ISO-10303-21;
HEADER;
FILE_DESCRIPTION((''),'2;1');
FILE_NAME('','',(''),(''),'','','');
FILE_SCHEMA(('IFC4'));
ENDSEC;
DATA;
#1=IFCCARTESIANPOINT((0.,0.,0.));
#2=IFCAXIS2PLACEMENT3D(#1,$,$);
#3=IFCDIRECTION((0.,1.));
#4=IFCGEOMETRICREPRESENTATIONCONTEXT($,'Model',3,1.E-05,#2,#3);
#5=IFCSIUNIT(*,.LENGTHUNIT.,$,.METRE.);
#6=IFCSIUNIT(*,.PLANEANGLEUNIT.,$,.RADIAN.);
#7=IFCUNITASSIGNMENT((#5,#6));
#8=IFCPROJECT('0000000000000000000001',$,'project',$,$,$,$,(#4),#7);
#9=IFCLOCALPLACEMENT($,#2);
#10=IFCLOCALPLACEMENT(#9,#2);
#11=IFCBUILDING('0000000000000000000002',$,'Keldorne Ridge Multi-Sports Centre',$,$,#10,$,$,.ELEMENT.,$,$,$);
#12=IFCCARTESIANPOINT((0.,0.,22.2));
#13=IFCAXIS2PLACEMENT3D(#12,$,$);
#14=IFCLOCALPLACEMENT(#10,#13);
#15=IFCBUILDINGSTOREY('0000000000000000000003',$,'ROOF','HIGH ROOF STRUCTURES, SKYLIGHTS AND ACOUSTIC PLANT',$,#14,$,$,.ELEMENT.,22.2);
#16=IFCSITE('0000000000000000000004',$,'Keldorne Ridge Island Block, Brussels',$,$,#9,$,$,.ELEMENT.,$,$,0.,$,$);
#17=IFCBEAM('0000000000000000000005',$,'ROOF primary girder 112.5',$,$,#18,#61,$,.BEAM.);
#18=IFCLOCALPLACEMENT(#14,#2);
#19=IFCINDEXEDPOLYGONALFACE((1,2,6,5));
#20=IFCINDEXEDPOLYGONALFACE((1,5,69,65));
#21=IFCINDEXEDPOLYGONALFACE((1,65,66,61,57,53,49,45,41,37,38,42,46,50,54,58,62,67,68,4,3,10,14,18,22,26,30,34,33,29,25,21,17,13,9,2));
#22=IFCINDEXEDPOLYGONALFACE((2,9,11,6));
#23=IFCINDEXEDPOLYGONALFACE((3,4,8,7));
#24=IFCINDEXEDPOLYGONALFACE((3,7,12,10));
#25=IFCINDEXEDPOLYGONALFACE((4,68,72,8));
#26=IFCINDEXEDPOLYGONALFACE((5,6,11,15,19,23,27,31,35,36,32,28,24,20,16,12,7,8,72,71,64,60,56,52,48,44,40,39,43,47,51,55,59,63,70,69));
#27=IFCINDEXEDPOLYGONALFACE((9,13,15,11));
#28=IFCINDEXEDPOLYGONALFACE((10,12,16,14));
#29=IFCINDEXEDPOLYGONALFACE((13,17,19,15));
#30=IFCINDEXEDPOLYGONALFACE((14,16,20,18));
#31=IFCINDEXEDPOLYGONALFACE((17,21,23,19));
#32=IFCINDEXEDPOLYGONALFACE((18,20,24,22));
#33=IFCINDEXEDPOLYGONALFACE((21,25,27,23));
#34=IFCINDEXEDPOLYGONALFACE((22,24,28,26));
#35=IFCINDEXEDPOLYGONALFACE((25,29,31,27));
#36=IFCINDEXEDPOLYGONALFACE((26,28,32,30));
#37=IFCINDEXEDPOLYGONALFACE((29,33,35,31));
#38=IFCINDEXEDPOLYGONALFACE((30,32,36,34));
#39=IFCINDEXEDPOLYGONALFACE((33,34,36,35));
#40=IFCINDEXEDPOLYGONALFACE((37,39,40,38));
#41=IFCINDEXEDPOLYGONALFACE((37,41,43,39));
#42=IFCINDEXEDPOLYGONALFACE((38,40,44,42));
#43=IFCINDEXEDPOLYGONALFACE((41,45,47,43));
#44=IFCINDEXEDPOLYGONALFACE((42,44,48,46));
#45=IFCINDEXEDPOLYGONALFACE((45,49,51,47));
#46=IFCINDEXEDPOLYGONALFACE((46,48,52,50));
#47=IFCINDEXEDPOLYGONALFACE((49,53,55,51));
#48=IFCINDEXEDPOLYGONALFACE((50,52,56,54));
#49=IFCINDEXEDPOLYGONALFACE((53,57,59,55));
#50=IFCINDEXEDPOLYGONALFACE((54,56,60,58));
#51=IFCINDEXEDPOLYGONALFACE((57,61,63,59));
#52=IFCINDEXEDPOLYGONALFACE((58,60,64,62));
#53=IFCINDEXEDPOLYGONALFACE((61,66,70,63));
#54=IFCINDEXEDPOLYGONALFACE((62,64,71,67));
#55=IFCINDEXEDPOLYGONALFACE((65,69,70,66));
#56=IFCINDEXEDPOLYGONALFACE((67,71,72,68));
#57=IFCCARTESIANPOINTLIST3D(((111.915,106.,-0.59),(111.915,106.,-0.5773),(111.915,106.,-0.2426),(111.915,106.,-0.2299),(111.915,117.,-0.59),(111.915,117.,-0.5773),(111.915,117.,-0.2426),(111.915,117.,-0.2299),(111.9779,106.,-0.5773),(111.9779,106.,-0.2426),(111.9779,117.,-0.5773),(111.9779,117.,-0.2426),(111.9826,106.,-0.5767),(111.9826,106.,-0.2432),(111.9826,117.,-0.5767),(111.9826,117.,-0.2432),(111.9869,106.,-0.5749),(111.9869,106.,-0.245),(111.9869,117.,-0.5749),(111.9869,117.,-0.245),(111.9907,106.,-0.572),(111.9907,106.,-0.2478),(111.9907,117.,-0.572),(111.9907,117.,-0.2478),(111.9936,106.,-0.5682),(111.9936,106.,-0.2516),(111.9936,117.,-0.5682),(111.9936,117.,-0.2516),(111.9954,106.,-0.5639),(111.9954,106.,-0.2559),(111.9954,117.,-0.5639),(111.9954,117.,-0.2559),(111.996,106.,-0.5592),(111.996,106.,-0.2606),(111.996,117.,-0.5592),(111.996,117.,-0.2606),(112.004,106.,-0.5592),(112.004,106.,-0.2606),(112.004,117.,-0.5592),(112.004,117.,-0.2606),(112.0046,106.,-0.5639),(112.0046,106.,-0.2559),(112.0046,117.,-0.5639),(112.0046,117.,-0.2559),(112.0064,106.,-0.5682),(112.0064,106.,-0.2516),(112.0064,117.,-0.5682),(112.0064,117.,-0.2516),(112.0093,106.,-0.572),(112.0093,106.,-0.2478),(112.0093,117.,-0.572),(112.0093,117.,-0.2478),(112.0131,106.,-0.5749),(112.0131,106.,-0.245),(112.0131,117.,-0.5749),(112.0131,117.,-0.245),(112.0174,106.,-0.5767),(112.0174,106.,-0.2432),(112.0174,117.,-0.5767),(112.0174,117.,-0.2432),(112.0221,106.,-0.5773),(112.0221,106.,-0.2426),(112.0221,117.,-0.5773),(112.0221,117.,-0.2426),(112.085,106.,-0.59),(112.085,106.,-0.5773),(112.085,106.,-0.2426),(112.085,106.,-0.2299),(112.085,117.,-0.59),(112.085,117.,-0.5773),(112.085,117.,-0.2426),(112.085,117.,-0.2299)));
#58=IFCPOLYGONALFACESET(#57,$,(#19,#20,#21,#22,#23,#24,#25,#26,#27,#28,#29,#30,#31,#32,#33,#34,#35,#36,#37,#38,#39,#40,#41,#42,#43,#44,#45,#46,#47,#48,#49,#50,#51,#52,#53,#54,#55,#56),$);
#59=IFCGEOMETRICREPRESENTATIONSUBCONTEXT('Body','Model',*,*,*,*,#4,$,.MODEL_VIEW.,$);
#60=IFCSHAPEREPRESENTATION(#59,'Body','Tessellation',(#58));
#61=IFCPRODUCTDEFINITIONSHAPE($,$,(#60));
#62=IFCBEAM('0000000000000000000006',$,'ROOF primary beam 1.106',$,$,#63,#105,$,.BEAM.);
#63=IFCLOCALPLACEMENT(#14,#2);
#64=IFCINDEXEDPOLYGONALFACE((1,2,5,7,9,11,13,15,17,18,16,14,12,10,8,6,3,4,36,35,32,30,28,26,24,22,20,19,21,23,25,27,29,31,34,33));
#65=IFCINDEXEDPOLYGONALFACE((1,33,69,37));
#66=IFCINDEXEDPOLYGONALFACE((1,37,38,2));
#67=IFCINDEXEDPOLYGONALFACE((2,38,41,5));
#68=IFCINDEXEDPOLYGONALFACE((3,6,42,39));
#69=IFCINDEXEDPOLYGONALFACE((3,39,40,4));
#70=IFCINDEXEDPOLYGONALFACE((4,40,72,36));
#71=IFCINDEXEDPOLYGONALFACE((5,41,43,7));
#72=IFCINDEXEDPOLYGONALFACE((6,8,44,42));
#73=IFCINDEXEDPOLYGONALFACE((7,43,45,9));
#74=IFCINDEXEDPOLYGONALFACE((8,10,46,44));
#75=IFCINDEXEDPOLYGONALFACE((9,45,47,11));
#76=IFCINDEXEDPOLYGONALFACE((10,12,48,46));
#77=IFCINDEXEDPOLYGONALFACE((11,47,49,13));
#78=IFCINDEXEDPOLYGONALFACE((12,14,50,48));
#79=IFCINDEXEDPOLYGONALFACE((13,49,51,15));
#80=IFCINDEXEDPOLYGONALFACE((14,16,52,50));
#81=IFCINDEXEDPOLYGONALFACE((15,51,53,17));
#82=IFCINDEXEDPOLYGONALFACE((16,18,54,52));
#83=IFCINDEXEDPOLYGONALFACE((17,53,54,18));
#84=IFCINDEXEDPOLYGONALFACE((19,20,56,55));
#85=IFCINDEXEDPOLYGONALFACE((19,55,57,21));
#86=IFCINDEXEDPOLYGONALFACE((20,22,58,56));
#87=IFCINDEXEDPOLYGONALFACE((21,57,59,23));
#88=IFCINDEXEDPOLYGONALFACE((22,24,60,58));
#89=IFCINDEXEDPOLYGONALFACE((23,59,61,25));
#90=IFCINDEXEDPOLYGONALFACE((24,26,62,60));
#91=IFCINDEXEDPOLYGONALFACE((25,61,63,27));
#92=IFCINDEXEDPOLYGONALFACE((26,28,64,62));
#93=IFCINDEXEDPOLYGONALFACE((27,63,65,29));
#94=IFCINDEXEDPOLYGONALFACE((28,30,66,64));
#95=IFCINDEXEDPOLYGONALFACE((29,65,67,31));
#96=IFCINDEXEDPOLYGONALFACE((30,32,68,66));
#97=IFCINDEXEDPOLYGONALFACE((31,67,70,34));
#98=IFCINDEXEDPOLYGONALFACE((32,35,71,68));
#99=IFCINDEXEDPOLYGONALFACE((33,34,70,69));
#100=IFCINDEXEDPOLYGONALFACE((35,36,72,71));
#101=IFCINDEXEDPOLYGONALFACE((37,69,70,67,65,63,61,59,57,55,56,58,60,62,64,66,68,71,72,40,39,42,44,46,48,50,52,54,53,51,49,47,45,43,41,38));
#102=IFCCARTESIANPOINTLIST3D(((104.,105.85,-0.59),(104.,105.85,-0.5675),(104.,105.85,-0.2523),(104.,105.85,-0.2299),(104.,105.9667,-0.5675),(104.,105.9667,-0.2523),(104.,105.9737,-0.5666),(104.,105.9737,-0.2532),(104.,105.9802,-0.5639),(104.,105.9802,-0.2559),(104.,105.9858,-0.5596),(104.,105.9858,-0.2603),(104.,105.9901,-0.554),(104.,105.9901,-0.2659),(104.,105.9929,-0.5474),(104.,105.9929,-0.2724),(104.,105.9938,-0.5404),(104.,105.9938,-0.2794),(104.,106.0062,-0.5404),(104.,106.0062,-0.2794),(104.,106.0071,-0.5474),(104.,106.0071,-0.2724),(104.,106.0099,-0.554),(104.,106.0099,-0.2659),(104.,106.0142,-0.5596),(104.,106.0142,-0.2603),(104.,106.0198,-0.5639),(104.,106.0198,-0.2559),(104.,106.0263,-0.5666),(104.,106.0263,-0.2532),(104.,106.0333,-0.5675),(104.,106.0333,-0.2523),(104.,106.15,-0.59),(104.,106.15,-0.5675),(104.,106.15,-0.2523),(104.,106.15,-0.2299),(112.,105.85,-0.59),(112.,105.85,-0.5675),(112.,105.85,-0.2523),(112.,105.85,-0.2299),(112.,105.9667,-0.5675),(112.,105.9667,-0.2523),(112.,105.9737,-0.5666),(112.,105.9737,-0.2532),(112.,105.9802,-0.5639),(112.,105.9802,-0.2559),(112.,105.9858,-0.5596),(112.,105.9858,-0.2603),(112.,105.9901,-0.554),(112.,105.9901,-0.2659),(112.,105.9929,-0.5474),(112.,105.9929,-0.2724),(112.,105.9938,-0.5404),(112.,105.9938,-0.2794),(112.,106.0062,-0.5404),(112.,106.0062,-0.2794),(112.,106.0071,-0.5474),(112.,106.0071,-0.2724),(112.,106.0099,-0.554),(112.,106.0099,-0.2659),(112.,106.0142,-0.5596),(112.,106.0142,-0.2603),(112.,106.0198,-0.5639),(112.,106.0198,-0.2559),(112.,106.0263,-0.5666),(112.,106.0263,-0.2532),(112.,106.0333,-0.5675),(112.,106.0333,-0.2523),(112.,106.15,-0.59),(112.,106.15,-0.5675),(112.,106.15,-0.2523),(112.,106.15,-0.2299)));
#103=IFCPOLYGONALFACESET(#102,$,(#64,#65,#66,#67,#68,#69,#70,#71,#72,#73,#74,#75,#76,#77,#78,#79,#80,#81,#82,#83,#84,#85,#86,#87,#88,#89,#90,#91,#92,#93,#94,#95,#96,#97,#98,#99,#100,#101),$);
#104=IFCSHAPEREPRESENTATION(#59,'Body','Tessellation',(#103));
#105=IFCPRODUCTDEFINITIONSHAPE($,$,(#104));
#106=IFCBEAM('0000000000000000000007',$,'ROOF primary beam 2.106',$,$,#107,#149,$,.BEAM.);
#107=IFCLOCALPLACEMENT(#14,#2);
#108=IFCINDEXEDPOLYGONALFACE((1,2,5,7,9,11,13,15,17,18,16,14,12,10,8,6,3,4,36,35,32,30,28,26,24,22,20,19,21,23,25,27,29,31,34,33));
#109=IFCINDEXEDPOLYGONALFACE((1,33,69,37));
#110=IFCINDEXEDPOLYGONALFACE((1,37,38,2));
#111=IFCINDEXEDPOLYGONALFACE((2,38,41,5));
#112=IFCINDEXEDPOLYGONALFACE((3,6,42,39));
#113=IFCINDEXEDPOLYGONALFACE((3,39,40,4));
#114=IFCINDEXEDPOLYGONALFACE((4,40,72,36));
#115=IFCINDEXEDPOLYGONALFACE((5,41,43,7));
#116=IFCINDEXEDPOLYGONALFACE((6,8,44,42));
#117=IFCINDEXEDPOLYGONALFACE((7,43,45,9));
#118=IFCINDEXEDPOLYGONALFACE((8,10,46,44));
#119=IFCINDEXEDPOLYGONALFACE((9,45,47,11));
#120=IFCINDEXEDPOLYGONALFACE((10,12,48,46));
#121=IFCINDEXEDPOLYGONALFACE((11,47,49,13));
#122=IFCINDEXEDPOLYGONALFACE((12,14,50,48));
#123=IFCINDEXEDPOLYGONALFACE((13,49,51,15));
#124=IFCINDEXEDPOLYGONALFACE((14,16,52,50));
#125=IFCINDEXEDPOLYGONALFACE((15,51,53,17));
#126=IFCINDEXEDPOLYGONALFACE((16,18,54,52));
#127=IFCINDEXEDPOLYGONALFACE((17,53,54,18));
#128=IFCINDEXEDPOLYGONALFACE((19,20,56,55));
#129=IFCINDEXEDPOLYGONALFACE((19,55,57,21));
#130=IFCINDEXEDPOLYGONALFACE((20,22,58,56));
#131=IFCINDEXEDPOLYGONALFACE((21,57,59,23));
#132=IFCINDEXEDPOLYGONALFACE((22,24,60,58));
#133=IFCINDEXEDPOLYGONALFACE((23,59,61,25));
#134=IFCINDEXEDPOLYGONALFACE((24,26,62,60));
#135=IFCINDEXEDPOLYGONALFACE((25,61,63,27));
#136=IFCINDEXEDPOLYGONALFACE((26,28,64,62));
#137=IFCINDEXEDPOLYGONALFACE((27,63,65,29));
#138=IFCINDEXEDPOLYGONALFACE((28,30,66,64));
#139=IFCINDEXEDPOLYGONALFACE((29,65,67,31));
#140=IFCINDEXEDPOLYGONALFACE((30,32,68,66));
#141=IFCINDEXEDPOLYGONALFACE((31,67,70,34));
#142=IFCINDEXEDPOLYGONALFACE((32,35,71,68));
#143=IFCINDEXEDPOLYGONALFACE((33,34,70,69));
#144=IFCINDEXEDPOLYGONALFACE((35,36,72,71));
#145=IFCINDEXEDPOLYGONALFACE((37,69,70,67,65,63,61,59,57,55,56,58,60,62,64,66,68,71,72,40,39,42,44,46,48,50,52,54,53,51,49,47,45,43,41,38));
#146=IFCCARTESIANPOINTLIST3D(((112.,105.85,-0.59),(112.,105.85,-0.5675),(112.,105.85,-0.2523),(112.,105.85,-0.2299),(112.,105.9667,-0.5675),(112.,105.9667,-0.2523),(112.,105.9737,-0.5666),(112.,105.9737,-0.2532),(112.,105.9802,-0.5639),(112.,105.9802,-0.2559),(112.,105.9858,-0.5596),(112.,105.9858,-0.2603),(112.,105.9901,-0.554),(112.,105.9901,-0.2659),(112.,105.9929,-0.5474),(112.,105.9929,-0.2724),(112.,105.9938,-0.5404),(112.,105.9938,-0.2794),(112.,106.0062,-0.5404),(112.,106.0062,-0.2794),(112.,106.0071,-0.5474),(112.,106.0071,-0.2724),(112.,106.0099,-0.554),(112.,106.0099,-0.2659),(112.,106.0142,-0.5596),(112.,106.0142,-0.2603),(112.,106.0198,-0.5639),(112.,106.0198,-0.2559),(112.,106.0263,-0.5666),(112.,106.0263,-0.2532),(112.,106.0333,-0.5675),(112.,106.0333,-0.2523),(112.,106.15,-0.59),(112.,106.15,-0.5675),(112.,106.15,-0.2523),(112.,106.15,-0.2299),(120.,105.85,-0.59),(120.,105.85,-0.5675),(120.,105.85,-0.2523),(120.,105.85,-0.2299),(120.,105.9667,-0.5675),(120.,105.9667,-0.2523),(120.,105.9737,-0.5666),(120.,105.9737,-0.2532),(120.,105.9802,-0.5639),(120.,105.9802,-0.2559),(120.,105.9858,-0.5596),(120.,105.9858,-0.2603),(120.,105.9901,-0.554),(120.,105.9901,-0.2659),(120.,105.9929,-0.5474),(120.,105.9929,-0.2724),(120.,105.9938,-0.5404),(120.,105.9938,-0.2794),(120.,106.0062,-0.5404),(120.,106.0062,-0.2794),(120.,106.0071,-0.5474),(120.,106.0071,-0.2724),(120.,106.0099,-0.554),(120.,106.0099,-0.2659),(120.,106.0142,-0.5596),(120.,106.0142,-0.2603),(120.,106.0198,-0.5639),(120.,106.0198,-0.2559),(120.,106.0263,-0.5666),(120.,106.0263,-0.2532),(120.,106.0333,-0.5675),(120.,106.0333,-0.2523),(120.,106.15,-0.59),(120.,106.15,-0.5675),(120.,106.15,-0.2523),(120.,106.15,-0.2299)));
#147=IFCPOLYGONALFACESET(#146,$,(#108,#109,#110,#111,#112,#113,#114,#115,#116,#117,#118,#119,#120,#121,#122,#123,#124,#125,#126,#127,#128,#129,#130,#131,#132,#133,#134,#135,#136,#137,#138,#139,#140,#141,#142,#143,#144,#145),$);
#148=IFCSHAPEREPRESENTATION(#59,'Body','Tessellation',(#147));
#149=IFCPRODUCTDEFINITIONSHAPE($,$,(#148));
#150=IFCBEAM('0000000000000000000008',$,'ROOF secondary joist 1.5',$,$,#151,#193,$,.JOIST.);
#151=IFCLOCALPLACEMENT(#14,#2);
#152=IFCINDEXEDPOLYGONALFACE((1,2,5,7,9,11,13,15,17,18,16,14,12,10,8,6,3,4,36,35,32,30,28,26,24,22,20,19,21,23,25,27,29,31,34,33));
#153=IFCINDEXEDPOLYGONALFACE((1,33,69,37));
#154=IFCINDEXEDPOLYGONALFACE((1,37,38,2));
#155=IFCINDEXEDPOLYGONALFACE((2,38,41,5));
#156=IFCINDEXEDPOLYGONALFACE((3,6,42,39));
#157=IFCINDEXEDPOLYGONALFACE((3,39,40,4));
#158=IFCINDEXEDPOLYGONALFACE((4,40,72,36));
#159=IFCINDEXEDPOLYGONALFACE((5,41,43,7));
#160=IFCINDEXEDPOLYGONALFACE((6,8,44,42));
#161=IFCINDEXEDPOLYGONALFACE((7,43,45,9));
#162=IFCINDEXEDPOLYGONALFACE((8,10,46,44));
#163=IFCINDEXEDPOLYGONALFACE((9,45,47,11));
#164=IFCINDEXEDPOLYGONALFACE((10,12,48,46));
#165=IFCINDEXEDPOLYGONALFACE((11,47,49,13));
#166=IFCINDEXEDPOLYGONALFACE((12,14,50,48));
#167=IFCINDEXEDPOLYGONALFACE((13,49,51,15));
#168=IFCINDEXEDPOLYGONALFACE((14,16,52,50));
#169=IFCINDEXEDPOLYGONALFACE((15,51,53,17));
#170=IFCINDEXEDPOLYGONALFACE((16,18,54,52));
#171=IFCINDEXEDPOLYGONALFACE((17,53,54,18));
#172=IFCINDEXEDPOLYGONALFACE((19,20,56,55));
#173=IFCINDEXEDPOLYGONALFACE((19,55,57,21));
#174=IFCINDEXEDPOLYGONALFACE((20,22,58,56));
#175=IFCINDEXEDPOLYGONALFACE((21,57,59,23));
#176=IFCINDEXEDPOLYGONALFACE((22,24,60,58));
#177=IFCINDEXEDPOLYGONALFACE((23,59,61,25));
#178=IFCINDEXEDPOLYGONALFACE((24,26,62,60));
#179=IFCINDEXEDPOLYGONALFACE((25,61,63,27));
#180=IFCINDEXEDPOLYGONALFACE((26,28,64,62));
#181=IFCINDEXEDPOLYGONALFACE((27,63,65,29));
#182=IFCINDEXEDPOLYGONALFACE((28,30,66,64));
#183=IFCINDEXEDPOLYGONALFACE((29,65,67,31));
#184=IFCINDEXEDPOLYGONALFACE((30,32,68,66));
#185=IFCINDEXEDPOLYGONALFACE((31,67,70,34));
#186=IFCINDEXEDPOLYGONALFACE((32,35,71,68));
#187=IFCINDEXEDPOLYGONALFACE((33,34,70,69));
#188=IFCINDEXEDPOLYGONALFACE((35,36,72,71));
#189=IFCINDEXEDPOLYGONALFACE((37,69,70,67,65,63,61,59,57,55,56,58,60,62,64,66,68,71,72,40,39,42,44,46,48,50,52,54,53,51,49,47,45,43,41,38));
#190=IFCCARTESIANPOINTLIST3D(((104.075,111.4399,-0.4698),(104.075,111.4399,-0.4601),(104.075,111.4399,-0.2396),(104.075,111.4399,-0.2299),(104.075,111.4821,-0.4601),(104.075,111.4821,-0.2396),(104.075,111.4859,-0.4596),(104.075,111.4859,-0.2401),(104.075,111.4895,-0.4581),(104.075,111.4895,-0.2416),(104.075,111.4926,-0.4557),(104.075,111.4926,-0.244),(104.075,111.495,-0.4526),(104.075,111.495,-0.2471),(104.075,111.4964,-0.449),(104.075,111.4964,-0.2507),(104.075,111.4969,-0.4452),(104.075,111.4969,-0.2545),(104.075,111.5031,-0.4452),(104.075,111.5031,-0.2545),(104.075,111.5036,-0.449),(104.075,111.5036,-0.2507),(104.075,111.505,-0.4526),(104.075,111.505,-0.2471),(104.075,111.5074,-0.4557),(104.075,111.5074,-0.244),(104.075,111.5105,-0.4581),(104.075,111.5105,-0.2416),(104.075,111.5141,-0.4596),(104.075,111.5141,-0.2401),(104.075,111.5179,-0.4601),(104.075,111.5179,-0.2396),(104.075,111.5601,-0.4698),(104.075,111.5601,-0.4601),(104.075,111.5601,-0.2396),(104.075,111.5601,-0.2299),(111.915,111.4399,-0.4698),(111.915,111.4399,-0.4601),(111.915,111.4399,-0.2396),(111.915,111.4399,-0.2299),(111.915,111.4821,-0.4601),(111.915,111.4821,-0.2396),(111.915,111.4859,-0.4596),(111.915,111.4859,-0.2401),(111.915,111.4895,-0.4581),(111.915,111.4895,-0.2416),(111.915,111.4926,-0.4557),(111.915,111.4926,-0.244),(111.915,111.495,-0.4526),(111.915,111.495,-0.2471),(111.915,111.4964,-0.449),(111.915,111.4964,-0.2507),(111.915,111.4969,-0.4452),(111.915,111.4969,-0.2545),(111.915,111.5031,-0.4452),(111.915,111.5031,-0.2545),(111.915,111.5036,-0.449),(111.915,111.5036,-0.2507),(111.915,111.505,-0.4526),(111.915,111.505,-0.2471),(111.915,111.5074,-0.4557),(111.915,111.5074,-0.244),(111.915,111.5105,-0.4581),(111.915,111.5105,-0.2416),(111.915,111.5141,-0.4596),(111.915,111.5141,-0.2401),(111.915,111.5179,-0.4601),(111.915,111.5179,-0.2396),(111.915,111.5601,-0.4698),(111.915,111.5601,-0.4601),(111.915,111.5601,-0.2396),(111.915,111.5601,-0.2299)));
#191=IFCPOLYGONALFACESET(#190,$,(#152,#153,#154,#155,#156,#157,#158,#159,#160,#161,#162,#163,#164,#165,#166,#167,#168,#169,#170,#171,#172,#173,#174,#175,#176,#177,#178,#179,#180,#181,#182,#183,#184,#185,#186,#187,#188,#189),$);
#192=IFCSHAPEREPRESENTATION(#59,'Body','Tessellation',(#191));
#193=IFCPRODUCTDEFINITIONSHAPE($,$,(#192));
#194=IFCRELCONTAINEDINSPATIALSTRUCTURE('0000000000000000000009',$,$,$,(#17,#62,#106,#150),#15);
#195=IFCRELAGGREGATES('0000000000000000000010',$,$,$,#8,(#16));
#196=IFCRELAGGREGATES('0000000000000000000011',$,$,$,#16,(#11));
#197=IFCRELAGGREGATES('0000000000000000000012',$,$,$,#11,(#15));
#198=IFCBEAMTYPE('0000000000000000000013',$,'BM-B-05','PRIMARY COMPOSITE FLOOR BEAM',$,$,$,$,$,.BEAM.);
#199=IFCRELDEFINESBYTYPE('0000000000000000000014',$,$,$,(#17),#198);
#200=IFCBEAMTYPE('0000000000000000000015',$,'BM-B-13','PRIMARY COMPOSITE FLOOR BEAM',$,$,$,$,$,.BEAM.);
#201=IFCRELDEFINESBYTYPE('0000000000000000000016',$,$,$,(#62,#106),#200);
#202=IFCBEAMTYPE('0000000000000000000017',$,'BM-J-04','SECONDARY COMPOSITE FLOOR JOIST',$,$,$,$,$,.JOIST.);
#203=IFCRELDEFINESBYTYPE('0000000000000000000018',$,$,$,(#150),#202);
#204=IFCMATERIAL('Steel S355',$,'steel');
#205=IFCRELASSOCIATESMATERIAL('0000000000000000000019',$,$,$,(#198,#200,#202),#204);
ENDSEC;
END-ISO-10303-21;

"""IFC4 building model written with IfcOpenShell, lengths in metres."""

from ifc_helpers import new_model, si_unit, direction, frame, origin, origin_2d, place, context, subcontext, project, spatial, i_section, extrude, material, material_profile, profile_set, type_object, element, save


model = new_model("IFC4")

# Units and contexts
model_context = context("Model", 3, precision=1e-05, world=origin(), true_north=direction((0.0, 1.0)))
body_context = subcontext(model_context, "Body", "Model", "MODEL_VIEW")
ifc_project = project(units=[si_unit("LENGTHUNIT", "METRE"), si_unit("PLANEANGLEUNIT", "RADIAN")], contexts=[model_context])

# Site, building, storey
site_placement = place(None, origin())
site = spatial("IfcSite", under=ifc_project, at=site_placement, Name="Keldorne Ridge Island Block, Brussels", CompositionType="ELEMENT", RefElevation=0.0)
building_placement = place(site_placement, origin())
building = spatial("IfcBuilding", under=site, at=building_placement, Name="Keldorne Ridge Multi-Sports Centre", CompositionType="ELEMENT")
storey_placement = place(building_placement, frame((0.0, 0.0, 22.2)))
storey = spatial("IfcBuildingStorey", under=building, at=storey_placement, Name="ROOF", Description="HIGH ROOF STRUCTURES, SKYLIGHTS AND ACOUSTIC PLANT", CompositionType="ELEMENT", Elevation=22.2)

# Beams
ifc_material_1 = material(Name="Steel S355", Category="steel")
ifc_material_profile_1 = material_profile(ifc_material_1, i_section(OverallWidth=0.1699, OverallDepth=0.3601, WebThickness=0.0081, FlangeThickness=0.0127, FilletRadius=0.0181, at=origin_2d()), Name="IPE 360")
ifc_profile_set_1 = profile_set([ifc_material_profile_1], Name="Steel S355")
beam_type_1 = type_object("IfcBeamType", Name="BM-B-05", Description="PRIMARY COMPOSITE FLOOR BEAM", PredefinedType="BEAM", material=ifc_profile_set_1)
beam_1_placement = place(storey_placement, frame((112.0, 106.0, -0.4099), z_axis=(0.0, 1.0, 0.0), x_axis=(-1.0, 0.0, 0.0)))
element("IfcBeam", 1, at=beam_1_placement, inside=storey, type_object=beam_type_1, Name="ROOF primary girder 112.5", PredefinedType="BEAM", context=body_context, shape_type="SweptSolid", body=[
    extrude(i_section(OverallWidth=0.1699, OverallDepth=0.3601, WebThickness=0.0081, FlangeThickness=0.0127, FilletRadius=0.0181, at=origin_2d()), origin(), (0.0, 0.0, 1.0), 11.0),
])
ifc_material_profile_2 = material_profile(ifc_material_1, i_section(OverallWidth=0.3, OverallDepth=0.3601, WebThickness=0.0125, FlangeThickness=0.0225, FilletRadius=0.0271, at=origin_2d()), Name="HEB 360")
ifc_profile_set_2 = profile_set([ifc_material_profile_2], Name="Steel S355")
beam_type_2 = type_object("IfcBeamType", Name="BM-B-13", Description="PRIMARY COMPOSITE FLOOR BEAM", PredefinedType="BEAM", material=ifc_profile_set_2)
for number, where, z_axis, x_axis, name in (
    (2, (104.0, 106.0, -0.4099), (1.0, 0.0, 0.0), (0.0, 1.0, 0.0), "ROOF primary beam 1.106"),
    (3, (112.0, 106.0, -0.4099), (1.0, 0.0, 0.0), (0.0, 1.0, 0.0), "ROOF primary beam 2.106"),
):
    element("IfcBeam", number, at=place(storey_placement, frame(where, z_axis=z_axis, x_axis=x_axis)), inside=storey, type_object=beam_type_2, Name=name, PredefinedType="BEAM", context=body_context, shape_type="SweptSolid", body=[
        extrude(i_section(OverallWidth=0.3, OverallDepth=0.3601, WebThickness=0.0125, FlangeThickness=0.0225, FilletRadius=0.0271, at=origin_2d()), origin(), (0.0, 0.0, 1.0), 8.0),
    ])
ifc_material_profile_3 = material_profile(ifc_material_1, i_section(OverallWidth=0.1201, OverallDepth=0.24, WebThickness=0.0061, FlangeThickness=0.0098, FilletRadius=0.0149, at=origin_2d()), Name="IPE 240")
ifc_profile_set_3 = profile_set([ifc_material_profile_3], Name="Steel S355")
beam_type_3 = type_object("IfcBeamType", Name="BM-J-04", Description="SECONDARY COMPOSITE FLOOR JOIST", PredefinedType="JOIST", material=ifc_profile_set_3)
beam_2_placement = place(storey_placement, frame((104.075, 111.5, -0.3499), z_axis=(1.0, 0.0, 0.0), x_axis=(0.0, 1.0, 0.0)))
element("IfcBeam", 4, at=beam_2_placement, inside=storey, type_object=beam_type_3, Name="ROOF secondary joist 1.5", PredefinedType="JOIST", context=body_context, shape_type="SweptSolid", body=[
    extrude(i_section(OverallWidth=0.1201, OverallDepth=0.24, WebThickness=0.0061, FlangeThickness=0.0098, FilletRadius=0.0149, at=origin_2d()), origin(), (0.0, 0.0, 1.0), 7.8401),
])

save(model, "model.ifc")
